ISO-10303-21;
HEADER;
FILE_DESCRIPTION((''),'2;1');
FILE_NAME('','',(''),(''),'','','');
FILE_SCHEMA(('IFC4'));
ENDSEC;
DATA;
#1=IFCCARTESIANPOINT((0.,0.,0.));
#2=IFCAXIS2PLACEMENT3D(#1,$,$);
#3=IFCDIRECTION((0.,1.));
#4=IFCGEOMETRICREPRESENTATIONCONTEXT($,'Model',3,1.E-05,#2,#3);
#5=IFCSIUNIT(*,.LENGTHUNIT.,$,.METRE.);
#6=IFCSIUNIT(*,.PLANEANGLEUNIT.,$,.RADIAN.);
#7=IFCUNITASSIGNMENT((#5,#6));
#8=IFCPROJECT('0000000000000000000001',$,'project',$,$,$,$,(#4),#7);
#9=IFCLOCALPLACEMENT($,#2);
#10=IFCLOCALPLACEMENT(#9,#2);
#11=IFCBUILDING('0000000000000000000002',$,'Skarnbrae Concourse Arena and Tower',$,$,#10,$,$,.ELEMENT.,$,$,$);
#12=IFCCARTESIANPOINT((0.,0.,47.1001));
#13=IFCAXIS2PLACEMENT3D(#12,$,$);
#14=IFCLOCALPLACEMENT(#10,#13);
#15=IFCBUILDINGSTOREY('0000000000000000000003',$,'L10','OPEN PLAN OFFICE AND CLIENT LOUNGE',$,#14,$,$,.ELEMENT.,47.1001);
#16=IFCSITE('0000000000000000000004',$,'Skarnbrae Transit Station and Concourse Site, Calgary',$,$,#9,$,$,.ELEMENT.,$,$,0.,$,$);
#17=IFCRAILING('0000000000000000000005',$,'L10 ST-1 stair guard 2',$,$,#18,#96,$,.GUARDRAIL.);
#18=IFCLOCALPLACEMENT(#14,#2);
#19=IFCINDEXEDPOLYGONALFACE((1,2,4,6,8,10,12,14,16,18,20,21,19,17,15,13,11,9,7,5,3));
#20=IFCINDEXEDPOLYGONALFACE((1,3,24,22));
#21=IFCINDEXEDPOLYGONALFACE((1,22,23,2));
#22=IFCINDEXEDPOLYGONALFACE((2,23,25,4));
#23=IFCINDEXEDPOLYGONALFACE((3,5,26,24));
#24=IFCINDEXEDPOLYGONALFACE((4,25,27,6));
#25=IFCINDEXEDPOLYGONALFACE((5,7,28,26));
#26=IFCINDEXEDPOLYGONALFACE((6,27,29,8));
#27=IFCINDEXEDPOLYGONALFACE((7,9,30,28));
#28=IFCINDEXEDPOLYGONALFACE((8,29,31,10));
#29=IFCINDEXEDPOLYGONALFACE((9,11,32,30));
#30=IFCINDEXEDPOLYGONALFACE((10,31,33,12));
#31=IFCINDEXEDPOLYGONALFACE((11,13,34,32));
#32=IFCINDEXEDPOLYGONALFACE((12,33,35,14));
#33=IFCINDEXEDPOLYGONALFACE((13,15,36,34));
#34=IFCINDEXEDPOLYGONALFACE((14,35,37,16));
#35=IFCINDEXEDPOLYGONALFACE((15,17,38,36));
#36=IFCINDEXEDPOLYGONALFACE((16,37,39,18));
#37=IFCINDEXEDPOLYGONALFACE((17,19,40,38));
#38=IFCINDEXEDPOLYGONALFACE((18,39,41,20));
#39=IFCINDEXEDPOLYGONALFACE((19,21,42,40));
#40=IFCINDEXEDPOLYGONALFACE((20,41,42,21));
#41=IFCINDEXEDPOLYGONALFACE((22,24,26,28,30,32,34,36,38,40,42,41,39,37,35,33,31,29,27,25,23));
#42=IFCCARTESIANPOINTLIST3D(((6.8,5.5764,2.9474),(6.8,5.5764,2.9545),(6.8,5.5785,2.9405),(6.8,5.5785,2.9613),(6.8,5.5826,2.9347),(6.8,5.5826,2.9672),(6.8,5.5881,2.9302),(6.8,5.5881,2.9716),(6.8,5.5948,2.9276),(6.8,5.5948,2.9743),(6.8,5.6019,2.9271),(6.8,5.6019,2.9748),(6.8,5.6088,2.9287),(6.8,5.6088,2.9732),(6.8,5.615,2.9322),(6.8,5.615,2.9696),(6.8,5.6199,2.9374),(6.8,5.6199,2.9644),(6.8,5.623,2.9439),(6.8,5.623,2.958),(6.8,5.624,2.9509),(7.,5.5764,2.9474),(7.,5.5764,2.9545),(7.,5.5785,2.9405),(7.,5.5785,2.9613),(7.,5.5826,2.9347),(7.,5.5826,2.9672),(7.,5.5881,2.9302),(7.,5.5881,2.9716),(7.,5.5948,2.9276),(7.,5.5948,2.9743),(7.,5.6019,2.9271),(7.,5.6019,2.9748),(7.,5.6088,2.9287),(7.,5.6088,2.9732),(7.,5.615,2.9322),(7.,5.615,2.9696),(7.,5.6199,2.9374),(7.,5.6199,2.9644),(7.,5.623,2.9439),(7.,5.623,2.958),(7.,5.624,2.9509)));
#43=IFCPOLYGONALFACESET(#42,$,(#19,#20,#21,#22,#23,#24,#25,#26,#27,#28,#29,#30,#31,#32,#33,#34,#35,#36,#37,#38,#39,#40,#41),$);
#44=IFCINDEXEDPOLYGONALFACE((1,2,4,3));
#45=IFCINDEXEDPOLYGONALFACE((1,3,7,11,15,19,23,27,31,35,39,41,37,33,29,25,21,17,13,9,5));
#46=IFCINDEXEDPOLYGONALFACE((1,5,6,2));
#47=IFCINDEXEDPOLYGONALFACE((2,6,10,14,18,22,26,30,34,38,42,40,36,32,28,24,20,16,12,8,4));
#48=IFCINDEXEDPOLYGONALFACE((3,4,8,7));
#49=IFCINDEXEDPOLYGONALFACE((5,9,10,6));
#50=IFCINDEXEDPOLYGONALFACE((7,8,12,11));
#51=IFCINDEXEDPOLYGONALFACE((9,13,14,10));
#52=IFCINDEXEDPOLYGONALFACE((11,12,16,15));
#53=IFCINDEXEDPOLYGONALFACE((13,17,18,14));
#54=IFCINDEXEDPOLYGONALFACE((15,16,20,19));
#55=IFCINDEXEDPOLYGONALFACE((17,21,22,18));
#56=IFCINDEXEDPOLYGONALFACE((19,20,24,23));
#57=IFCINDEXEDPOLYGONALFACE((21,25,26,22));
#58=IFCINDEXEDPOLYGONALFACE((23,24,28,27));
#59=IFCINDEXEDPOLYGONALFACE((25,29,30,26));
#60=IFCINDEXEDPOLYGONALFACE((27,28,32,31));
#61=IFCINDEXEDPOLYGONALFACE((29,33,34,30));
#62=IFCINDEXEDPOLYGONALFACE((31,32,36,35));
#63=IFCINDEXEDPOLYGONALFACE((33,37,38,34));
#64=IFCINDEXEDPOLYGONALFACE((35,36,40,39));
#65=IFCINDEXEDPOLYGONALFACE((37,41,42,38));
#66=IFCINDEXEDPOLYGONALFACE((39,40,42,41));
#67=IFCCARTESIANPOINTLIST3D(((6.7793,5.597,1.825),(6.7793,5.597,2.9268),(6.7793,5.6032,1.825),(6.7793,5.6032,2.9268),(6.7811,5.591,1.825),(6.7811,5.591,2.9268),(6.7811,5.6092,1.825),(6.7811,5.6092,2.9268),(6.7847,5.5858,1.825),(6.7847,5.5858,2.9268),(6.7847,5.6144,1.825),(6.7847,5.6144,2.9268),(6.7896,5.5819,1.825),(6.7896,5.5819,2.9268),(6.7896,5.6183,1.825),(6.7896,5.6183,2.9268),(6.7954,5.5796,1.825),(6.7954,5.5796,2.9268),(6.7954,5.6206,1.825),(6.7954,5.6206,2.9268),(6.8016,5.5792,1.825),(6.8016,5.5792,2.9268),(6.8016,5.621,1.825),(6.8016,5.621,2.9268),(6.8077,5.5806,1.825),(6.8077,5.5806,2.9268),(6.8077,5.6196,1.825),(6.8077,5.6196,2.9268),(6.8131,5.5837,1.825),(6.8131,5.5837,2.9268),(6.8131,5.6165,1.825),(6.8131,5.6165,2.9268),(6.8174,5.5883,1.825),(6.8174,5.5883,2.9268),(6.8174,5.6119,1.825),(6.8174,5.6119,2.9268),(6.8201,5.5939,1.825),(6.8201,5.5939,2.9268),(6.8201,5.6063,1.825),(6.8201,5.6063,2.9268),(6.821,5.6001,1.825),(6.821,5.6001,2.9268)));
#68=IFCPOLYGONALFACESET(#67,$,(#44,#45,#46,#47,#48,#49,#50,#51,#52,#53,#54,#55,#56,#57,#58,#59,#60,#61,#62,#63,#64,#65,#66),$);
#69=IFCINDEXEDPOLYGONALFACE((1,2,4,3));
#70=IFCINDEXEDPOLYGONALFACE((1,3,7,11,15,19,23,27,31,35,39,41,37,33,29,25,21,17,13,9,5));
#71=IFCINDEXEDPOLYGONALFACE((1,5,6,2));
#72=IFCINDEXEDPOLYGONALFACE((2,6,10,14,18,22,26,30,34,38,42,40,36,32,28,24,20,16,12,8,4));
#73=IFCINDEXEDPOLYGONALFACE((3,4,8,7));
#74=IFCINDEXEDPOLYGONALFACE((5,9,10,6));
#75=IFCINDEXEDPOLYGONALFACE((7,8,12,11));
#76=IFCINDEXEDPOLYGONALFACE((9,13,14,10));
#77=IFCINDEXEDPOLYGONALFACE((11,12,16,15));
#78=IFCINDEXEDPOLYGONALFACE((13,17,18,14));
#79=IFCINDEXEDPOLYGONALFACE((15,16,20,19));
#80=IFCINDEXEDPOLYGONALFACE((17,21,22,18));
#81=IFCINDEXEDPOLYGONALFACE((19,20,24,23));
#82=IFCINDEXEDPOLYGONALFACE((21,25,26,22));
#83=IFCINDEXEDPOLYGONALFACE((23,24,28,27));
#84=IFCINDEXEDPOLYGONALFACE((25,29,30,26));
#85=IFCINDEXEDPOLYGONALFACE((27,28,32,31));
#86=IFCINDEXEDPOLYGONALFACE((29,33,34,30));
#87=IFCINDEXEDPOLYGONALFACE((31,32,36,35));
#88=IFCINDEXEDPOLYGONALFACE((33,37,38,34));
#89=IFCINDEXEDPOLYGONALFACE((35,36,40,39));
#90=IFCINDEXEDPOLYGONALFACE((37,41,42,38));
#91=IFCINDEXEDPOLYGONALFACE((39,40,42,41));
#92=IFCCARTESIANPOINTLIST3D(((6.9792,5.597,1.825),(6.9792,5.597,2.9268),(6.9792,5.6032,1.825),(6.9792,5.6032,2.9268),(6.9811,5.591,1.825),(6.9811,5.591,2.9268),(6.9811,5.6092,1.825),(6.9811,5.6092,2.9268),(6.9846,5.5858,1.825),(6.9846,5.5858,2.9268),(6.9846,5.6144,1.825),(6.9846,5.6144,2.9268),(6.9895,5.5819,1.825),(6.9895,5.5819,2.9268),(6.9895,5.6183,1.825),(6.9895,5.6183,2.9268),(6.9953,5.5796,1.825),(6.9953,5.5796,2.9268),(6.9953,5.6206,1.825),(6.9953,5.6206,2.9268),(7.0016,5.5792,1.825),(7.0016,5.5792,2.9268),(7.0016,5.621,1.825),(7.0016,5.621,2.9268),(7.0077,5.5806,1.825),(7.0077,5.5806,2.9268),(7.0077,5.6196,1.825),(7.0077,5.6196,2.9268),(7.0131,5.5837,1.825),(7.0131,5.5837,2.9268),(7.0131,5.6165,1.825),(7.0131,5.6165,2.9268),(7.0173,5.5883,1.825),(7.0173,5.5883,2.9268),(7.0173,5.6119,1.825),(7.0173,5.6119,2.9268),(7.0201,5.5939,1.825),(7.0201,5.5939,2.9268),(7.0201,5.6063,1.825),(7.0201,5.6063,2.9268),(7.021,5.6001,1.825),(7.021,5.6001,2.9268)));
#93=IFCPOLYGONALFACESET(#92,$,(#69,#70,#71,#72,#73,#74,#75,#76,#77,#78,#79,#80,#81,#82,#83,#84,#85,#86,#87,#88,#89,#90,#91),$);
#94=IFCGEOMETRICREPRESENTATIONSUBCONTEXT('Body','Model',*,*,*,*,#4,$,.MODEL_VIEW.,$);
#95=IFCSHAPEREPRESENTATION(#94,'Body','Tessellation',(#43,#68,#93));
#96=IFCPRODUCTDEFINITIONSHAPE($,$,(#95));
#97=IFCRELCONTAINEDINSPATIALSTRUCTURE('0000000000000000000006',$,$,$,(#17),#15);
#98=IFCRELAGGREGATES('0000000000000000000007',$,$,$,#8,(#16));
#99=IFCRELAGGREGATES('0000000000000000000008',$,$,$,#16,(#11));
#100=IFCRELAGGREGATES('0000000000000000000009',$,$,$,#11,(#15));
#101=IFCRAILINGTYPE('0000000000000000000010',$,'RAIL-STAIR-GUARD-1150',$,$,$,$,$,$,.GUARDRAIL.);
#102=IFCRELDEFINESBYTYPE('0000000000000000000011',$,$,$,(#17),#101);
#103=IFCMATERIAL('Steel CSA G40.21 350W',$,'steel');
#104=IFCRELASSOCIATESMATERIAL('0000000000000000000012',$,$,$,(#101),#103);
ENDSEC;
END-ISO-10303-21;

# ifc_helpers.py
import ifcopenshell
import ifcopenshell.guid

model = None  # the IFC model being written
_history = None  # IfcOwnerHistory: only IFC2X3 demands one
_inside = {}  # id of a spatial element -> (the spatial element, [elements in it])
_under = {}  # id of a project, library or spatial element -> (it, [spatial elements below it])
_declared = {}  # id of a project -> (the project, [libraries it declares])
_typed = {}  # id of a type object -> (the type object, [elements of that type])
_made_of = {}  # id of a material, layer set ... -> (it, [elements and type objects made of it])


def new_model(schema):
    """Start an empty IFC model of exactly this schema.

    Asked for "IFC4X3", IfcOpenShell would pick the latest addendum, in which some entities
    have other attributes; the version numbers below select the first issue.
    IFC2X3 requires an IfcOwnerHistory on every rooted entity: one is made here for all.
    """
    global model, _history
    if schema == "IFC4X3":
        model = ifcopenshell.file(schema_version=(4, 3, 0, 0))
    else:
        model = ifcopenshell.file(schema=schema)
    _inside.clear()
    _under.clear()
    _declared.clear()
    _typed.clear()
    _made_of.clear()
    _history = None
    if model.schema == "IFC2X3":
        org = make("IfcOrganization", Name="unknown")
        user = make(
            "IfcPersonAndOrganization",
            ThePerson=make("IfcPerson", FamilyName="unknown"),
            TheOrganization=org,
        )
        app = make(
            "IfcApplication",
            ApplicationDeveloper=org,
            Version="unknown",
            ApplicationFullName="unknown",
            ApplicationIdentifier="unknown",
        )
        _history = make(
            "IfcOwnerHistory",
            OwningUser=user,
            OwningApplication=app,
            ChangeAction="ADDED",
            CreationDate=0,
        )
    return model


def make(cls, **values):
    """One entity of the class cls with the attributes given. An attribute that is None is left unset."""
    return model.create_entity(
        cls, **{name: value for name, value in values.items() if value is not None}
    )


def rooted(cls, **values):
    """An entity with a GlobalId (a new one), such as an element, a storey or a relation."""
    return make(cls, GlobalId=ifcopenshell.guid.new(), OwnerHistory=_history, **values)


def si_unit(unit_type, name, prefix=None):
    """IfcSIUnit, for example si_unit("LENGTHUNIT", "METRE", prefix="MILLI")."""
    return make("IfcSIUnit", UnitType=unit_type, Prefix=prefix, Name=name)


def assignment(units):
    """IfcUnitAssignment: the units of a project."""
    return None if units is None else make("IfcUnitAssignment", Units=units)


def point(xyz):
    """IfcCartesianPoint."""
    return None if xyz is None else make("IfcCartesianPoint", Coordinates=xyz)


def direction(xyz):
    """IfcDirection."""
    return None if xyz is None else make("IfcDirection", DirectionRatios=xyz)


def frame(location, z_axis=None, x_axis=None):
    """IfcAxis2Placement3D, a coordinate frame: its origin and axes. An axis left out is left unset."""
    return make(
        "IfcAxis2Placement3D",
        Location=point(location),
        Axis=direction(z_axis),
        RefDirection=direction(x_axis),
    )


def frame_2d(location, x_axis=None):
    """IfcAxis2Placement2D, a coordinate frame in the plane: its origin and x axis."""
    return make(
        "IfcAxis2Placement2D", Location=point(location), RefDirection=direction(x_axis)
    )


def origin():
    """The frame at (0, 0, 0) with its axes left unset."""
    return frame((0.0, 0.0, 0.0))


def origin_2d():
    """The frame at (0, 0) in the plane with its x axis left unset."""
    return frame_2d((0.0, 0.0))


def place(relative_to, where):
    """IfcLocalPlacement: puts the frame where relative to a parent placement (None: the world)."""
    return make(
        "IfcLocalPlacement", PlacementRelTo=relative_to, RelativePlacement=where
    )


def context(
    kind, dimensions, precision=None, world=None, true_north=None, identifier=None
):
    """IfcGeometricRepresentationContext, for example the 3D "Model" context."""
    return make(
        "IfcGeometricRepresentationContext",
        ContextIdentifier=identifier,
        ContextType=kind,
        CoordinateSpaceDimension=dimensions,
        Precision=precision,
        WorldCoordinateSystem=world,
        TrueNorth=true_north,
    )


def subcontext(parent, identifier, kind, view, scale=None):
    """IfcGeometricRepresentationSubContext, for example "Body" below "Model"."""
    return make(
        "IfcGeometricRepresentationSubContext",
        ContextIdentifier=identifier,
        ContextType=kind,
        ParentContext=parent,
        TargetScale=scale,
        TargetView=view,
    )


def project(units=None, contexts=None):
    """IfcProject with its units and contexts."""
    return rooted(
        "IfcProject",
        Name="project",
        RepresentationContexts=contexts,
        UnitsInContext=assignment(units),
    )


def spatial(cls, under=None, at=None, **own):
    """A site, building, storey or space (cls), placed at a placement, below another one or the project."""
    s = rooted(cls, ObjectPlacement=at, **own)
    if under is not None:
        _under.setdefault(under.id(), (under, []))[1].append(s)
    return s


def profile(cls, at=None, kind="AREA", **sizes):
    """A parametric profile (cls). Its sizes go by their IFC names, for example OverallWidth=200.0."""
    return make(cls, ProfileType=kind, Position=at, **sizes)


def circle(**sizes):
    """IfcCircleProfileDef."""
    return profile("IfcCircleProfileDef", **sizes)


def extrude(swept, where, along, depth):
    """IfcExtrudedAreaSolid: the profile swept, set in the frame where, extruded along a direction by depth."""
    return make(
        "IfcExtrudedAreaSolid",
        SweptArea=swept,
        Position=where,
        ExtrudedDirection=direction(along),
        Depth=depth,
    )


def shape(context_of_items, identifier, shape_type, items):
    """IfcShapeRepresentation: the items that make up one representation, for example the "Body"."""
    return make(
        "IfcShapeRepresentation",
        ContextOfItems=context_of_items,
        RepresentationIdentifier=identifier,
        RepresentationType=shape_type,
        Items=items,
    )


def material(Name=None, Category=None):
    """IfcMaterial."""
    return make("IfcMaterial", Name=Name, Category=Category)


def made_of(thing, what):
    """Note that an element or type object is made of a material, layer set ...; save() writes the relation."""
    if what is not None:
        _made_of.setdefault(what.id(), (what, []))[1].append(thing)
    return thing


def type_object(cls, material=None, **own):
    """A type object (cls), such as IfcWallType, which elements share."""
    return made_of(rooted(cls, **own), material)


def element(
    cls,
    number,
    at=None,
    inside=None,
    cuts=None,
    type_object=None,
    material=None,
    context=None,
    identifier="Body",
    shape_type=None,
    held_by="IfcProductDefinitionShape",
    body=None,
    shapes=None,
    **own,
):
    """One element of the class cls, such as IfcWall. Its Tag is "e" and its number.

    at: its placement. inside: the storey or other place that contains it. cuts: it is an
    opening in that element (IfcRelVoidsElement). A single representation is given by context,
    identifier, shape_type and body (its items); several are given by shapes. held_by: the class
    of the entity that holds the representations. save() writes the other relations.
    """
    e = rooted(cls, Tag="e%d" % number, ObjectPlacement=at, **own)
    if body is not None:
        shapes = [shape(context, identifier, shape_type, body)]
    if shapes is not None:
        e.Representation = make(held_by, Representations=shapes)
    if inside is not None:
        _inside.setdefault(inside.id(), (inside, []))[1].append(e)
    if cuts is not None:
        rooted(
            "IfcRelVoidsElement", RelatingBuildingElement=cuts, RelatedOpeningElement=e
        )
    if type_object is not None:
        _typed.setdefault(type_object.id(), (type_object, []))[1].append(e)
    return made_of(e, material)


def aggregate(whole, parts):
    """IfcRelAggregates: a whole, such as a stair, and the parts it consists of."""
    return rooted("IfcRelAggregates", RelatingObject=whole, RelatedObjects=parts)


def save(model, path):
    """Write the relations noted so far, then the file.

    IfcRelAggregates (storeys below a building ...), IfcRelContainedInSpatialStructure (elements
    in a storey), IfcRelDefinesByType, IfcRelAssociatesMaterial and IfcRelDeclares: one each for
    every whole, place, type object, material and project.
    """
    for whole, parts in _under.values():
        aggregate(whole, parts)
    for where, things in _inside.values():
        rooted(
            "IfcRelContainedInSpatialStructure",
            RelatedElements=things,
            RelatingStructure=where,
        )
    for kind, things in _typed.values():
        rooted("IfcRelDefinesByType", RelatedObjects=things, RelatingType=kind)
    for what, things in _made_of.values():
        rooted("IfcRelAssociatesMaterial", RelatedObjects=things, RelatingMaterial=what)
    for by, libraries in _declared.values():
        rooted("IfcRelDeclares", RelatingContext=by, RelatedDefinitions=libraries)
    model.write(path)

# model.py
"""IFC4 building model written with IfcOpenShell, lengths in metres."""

from ifc_helpers import new_model, si_unit, direction, frame, origin, origin_2d, place, context, subcontext, project, spatial, circle, extrude, material, type_object, element, save


model = new_model("IFC4")

# Units and contexts
model_context = context("Model", 3, precision=1e-05, world=origin(), true_north=direction((0.0, 1.0)))
body_context = subcontext(model_context, "Body", "Model", "MODEL_VIEW")
ifc_project = project(units=[si_unit("LENGTHUNIT", "METRE"), si_unit("PLANEANGLEUNIT", "RADIAN")], contexts=[model_context])

# Site, building, storey
site_placement = place(None, origin())
site = spatial("IfcSite", under=ifc_project, at=site_placement, Name="Skarnbrae Transit Station and Concourse Site, Calgary", CompositionType="ELEMENT", RefElevation=0.0)
building_placement = place(site_placement, origin())
building = spatial("IfcBuilding", under=site, at=building_placement, Name="Skarnbrae Concourse Arena and Tower", CompositionType="ELEMENT")
storey_placement = place(building_placement, frame((0.0, 0.0, 47.1001)))
storey = spatial("IfcBuildingStorey", under=building, at=storey_placement, Name="L10", Description="OPEN PLAN OFFICE AND CLIENT LOUNGE", CompositionType="ELEMENT", Elevation=47.1001)

# Shared definitions
ifc_material_1 = material(Name="Steel CSA G40.21 350W", Category="steel")

# Railing
railing_type_1 = type_object("IfcRailingType", Name="RAIL-STAIR-GUARD-1150", PredefinedType="GUARDRAIL", material=ifc_material_1)
railing_1_placement = place(storey_placement, frame((6.8, 5.6001, 1.825)))
element("IfcRailing", 1, at=railing_1_placement, inside=storey, type_object=railing_type_1, Name="L10 ST-1 stair guard 2", PredefinedType="GUARDRAIL", context=body_context, shape_type="SweptSolid", body=[
    extrude(circle(Radius=0.0239, at=origin_2d()), frame((0.0, 0.0, 1.126), z_axis=(1.0, 0.0, 0.0), x_axis=(0.0, 1.0, 0.0)), (0.0, 0.0, 1.0), 0.2),
    extrude(circle(Radius=0.021, at=origin_2d()), origin(), (0.0, 0.0, 1.0), 1.1018),
    extrude(circle(Radius=0.021, at=origin_2d()), frame((0.2, 0.0, 0.0)), (0.0, 0.0, 1.0), 1.1018),
])

save(model, "model.ifc")
